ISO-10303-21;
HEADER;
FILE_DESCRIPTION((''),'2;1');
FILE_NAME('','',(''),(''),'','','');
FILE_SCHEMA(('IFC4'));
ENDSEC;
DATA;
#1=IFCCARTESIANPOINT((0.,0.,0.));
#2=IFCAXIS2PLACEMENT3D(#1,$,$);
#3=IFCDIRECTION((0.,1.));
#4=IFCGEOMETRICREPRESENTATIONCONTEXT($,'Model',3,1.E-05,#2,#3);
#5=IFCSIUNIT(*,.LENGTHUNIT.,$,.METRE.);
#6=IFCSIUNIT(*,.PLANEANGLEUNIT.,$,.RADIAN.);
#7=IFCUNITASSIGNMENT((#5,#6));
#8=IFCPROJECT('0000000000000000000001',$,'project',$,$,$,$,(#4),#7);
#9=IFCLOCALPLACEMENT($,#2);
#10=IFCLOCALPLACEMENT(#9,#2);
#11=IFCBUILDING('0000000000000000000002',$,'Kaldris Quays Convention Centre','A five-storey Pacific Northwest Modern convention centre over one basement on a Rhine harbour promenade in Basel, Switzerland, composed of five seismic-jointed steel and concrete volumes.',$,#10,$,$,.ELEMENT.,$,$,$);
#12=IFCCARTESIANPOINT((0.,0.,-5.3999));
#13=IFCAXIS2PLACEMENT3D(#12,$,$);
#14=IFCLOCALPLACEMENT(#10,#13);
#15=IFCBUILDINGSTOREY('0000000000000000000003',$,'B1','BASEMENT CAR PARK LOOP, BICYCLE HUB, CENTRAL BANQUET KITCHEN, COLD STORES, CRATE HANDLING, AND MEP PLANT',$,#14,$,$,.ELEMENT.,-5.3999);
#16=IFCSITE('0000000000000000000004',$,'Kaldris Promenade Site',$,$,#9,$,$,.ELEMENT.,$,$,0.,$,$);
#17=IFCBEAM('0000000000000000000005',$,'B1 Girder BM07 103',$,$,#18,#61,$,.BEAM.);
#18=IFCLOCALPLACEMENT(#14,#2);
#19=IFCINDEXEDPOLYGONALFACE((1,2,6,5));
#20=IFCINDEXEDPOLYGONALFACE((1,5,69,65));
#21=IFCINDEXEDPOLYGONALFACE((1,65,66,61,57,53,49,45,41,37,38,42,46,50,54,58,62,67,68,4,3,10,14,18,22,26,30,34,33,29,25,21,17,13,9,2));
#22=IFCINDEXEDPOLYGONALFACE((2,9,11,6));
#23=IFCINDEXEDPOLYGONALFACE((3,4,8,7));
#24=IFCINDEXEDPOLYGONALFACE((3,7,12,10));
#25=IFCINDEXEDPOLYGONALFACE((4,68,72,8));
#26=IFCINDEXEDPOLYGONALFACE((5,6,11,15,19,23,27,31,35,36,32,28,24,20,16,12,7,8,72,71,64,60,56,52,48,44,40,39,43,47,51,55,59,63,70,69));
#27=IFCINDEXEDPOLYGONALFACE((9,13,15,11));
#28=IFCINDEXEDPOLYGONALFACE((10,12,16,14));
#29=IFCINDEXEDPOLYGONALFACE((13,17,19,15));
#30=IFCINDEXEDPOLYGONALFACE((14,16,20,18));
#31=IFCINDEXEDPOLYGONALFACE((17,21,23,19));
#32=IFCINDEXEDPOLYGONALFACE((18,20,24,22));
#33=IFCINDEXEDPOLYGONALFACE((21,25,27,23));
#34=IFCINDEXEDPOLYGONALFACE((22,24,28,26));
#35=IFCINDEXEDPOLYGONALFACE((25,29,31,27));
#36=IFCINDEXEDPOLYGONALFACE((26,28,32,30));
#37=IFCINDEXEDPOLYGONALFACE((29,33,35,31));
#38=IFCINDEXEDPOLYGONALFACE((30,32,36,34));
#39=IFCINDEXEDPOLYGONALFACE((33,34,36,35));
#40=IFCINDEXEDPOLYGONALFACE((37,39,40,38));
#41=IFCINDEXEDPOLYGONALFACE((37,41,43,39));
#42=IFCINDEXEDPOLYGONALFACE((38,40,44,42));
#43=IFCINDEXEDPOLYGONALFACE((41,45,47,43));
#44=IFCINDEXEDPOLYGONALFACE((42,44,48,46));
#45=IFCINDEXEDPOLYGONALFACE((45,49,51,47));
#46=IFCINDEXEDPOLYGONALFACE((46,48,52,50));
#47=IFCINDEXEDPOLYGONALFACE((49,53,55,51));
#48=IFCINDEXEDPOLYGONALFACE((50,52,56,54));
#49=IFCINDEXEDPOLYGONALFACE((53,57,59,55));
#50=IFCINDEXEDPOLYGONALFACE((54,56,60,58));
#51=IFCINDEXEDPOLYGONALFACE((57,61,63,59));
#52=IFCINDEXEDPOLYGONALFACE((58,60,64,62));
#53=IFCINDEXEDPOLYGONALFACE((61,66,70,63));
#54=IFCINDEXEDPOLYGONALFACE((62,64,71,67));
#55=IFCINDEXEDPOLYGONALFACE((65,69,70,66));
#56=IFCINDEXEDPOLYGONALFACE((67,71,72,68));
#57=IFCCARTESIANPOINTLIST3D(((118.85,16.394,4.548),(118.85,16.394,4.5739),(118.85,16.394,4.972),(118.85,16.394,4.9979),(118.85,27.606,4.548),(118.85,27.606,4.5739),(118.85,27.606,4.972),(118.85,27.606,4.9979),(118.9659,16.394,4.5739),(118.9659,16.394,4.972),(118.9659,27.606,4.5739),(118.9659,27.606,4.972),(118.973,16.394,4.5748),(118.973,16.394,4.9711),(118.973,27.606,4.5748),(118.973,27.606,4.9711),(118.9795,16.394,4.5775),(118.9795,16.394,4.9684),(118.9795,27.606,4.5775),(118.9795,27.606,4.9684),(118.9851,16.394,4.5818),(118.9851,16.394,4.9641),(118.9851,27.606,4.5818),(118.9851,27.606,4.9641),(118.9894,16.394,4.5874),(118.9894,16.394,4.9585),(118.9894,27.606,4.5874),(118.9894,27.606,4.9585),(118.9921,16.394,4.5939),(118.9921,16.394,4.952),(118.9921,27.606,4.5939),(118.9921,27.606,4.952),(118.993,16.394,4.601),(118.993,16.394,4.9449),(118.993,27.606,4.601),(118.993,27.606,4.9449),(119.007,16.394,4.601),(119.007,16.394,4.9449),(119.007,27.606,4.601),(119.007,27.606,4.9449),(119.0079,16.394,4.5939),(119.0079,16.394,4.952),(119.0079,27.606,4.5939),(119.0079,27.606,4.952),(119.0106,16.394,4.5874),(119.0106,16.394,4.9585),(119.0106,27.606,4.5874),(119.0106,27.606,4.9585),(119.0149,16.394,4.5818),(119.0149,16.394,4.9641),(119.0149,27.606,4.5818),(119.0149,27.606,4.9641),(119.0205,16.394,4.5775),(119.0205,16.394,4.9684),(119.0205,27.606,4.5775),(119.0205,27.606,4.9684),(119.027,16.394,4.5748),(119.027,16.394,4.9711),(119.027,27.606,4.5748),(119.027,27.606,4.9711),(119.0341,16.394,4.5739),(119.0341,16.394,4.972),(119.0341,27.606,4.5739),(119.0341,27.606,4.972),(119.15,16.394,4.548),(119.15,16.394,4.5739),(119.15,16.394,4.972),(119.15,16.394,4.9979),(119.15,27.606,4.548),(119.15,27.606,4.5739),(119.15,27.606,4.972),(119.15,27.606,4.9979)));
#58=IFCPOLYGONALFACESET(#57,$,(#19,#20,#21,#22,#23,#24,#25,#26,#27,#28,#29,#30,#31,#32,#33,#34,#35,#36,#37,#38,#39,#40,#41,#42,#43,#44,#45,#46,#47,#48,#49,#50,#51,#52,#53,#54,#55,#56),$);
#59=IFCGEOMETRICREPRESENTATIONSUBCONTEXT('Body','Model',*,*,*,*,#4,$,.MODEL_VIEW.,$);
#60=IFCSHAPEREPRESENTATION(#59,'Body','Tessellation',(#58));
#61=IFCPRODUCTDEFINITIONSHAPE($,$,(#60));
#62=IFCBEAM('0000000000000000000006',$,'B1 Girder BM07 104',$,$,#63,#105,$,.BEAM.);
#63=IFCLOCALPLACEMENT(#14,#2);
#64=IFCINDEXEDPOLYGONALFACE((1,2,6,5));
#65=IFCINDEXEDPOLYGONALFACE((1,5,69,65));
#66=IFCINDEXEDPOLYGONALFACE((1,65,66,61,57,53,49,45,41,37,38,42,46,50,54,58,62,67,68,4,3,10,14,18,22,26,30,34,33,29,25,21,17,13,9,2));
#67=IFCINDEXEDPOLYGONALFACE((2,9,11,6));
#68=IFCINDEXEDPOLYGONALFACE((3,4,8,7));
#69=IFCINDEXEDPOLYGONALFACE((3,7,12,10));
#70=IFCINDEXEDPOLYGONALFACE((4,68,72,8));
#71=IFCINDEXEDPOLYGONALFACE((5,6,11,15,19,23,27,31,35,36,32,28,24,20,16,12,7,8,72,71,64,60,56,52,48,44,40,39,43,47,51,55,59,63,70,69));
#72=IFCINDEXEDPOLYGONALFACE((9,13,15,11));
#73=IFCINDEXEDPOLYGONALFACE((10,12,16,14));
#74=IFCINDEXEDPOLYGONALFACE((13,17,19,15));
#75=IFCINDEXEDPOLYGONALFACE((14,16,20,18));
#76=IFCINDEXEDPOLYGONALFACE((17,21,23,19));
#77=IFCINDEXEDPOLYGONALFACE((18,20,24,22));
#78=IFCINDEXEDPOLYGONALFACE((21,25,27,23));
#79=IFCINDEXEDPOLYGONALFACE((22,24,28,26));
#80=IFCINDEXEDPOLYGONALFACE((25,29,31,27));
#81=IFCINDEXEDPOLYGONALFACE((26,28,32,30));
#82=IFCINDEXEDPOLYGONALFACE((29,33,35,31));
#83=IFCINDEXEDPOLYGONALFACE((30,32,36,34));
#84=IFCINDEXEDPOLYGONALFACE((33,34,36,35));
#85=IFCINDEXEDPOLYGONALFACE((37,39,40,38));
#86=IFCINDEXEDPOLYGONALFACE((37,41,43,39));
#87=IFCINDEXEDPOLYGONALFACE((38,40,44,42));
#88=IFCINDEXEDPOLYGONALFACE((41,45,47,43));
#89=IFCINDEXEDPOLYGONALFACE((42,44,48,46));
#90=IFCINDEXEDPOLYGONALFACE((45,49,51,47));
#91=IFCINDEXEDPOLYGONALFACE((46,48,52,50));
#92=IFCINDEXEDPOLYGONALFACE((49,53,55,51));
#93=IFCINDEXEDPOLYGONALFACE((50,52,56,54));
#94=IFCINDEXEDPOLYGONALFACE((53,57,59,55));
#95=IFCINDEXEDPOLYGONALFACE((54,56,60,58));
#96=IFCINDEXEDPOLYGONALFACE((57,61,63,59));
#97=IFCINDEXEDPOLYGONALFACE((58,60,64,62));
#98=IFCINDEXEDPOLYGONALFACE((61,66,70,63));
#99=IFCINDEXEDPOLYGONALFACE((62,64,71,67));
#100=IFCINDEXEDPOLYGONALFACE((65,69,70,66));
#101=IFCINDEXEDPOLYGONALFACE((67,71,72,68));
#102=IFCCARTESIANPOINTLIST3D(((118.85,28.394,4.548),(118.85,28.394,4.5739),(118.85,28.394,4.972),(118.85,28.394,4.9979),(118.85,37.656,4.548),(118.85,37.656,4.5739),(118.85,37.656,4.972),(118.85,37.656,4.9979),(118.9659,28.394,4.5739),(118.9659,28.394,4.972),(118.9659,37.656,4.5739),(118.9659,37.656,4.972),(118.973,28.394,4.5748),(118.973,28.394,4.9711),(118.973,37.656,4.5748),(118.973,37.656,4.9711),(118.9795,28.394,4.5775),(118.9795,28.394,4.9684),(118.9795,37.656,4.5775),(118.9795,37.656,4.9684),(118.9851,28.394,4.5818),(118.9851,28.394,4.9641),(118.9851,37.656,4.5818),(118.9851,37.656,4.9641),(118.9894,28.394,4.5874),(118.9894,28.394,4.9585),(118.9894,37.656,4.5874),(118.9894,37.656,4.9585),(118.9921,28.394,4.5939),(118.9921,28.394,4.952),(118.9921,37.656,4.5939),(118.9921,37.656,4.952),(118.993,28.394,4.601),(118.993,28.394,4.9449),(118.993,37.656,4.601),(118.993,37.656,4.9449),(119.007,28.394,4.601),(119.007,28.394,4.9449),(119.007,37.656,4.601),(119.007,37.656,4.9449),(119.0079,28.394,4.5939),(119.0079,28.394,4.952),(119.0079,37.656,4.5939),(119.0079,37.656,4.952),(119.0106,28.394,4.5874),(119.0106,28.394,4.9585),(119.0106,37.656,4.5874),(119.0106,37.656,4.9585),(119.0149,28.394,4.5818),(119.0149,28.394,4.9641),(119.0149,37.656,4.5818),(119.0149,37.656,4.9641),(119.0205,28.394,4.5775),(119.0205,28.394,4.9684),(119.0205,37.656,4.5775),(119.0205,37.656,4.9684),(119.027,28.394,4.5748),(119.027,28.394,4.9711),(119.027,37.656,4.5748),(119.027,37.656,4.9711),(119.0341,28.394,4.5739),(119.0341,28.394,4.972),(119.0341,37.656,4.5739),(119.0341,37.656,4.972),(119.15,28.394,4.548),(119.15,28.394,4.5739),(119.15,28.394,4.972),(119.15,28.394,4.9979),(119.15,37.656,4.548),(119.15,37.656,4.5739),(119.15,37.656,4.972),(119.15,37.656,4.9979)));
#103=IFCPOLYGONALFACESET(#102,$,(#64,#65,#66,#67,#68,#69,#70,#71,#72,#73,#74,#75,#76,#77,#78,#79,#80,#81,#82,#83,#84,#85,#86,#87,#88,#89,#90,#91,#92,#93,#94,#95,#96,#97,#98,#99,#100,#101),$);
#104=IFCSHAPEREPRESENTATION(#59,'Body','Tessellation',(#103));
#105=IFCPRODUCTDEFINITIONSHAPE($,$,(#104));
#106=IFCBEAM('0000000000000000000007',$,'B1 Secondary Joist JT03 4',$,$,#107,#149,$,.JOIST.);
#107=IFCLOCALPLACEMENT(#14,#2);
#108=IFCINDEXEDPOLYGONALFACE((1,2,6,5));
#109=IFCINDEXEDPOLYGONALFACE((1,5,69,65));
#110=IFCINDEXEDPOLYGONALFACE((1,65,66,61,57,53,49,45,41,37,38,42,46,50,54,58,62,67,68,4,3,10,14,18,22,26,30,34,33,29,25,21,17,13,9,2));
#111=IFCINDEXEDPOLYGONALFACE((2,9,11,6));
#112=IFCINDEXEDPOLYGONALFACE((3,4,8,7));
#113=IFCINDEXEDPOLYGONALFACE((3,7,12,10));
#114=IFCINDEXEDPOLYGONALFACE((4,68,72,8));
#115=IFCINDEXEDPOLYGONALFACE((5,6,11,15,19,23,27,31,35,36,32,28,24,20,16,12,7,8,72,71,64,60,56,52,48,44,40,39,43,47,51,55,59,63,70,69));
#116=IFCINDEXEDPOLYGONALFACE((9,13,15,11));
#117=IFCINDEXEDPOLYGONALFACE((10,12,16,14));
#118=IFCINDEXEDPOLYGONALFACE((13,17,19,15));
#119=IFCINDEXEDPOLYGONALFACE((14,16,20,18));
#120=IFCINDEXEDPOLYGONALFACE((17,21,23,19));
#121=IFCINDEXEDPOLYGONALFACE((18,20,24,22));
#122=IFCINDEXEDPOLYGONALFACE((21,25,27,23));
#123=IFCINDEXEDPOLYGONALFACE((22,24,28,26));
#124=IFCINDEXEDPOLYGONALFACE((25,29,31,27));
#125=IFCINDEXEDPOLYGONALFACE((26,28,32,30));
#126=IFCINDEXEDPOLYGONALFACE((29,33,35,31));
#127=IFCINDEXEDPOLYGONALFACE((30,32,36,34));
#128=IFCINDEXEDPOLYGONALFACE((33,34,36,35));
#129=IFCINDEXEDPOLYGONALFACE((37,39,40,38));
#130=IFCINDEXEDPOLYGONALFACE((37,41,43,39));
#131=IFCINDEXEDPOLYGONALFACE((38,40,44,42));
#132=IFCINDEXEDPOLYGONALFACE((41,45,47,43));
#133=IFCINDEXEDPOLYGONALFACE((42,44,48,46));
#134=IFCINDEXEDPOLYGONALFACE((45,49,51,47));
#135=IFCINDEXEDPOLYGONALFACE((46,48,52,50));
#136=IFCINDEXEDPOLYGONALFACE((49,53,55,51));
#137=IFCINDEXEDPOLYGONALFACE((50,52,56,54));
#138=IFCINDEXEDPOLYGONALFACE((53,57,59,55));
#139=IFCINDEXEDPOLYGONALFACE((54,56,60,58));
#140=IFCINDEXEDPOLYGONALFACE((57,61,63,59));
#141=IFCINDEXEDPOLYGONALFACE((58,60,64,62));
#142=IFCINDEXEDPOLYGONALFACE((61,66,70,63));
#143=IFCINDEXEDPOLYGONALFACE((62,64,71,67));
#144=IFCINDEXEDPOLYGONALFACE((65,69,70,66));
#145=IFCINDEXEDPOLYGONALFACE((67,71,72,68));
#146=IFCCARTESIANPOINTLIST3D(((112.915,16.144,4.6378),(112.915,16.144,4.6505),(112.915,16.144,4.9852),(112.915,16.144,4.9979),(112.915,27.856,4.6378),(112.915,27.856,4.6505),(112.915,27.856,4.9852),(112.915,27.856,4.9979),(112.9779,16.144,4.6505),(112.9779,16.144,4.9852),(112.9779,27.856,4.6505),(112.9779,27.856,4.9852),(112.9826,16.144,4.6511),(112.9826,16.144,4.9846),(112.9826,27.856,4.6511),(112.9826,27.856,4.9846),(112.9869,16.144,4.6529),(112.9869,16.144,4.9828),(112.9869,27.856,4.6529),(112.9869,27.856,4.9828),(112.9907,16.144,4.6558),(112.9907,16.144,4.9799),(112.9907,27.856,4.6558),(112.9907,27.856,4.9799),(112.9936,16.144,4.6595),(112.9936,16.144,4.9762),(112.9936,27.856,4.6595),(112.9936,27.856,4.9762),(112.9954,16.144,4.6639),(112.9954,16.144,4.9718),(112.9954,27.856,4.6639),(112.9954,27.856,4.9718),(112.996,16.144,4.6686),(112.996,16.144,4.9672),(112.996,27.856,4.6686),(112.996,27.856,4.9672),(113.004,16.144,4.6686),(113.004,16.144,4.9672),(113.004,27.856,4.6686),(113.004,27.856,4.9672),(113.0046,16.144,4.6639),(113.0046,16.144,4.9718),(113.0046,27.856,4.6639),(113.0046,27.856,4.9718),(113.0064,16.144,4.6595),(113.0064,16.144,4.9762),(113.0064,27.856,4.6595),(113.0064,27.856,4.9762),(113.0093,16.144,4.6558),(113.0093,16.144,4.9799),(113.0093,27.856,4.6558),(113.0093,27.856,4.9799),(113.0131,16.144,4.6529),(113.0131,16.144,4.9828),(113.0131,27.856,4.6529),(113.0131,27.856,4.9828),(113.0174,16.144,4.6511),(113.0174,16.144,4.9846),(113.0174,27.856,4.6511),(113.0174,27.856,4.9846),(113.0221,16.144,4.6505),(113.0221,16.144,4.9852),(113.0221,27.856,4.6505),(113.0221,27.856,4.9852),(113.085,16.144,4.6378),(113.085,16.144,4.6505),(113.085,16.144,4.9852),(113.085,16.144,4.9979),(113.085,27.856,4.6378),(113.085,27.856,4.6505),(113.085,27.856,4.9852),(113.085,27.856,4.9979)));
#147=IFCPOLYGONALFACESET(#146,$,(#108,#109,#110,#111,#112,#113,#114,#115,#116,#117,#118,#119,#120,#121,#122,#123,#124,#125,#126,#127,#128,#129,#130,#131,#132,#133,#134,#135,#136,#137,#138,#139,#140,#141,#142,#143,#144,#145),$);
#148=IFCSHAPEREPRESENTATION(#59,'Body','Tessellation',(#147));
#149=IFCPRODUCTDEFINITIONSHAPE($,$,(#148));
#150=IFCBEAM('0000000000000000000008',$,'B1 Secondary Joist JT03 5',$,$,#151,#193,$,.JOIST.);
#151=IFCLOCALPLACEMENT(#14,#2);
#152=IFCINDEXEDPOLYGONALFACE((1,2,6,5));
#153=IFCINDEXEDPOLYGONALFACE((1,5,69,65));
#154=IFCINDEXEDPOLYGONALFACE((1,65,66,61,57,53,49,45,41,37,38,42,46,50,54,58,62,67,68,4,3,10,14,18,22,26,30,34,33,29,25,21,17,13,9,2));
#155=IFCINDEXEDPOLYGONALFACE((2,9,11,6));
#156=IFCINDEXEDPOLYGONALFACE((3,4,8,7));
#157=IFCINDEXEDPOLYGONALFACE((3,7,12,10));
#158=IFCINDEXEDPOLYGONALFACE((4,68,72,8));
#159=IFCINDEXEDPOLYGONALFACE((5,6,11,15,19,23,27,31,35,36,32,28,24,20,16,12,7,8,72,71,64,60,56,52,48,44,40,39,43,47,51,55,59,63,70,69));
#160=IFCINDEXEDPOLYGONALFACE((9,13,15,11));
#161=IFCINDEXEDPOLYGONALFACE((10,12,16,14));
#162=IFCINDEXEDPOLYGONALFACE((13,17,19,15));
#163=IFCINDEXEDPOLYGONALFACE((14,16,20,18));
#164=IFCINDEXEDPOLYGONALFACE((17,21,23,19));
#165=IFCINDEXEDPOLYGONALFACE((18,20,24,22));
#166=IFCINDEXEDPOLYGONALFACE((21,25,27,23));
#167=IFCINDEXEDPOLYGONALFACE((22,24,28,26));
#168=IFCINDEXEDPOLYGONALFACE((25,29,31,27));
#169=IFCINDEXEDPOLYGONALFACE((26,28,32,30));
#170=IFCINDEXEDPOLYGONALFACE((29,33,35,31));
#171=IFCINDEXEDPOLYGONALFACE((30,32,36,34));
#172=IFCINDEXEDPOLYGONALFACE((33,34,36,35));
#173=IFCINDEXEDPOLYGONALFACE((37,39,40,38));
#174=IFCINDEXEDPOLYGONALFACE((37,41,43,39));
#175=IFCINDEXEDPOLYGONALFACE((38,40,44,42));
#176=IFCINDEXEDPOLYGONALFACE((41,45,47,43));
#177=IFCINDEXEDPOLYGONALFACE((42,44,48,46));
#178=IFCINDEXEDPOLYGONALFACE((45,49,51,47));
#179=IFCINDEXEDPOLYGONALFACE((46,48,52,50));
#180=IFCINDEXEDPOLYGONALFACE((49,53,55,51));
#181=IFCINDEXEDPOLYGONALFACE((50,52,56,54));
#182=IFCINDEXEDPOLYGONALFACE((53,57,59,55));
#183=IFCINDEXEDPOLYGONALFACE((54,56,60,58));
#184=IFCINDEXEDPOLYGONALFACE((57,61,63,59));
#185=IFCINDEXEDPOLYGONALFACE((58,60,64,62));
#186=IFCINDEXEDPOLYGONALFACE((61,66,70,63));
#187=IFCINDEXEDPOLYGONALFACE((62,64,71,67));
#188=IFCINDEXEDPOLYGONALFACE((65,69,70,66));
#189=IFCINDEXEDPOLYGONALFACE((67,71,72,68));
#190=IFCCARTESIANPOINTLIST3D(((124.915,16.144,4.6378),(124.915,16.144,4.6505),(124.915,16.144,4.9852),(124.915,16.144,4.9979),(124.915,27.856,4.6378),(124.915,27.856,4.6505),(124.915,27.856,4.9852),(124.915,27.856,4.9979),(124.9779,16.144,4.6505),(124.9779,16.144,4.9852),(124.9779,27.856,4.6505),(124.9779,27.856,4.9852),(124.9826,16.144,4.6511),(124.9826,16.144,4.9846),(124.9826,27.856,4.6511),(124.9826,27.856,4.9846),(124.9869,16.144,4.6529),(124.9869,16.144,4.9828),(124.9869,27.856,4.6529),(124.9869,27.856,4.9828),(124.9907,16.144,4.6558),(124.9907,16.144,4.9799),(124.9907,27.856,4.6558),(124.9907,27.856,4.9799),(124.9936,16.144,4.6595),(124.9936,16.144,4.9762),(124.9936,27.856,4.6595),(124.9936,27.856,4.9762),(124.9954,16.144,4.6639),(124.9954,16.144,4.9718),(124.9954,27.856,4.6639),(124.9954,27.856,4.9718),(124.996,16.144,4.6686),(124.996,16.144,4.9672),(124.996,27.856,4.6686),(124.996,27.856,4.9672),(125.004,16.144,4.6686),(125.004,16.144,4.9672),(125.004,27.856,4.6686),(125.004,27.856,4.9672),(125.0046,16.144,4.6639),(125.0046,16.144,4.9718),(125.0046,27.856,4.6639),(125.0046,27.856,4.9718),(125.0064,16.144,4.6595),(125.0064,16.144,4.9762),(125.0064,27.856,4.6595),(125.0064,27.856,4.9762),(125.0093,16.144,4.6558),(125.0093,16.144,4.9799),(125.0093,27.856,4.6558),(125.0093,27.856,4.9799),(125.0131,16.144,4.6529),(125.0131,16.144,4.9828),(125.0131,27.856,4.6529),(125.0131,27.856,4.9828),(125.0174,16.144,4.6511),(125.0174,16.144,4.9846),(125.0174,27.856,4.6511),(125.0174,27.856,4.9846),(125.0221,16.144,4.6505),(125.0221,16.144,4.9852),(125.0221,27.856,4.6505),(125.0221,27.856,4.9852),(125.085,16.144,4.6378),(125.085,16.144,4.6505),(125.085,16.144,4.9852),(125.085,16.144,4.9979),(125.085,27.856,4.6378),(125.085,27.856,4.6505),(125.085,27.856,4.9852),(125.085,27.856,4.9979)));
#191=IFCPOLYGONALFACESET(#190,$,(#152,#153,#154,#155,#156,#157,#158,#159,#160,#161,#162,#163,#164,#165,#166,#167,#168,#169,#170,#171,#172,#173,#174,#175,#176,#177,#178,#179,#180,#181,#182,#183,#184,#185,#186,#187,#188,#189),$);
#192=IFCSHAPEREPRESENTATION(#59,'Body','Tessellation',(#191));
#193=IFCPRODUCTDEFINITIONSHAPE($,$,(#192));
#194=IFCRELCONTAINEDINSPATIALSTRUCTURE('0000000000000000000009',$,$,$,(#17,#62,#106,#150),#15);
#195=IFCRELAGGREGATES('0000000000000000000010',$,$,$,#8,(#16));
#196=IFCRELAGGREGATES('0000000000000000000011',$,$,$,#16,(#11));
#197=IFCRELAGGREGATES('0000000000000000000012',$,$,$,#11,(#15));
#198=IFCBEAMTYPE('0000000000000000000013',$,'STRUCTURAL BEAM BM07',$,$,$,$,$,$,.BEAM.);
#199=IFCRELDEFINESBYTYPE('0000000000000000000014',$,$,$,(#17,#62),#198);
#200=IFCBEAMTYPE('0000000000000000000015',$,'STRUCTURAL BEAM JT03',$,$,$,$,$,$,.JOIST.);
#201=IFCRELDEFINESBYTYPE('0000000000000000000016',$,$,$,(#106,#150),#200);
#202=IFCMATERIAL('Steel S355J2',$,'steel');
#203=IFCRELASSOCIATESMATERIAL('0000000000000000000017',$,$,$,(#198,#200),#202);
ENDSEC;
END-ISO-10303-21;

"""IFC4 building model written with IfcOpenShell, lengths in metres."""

from ifc_helpers import new_model, si_unit, direction, frame, origin, origin_2d, place, context, subcontext, project, spatial, i_section, extrude, material, material_profile, profile_set, type_object, element, save


model = new_model("IFC4")

# Units and contexts
model_context = context("Model", 3, precision=1e-05, world=origin(), true_north=direction((0.0, 1.0)))
body_context = subcontext(model_context, "Body", "Model", "MODEL_VIEW")
ifc_project = project(units=[si_unit("LENGTHUNIT", "METRE"), si_unit("PLANEANGLEUNIT", "RADIAN")], contexts=[model_context])

# Site, building, storey
site_placement = place(None, origin())
site = spatial("IfcSite", under=ifc_project, at=site_placement, Name="Kaldris Promenade Site", CompositionType="ELEMENT", RefElevation=0.0)
building_placement = place(site_placement, origin())
building = spatial("IfcBuilding", under=site, at=building_placement, Name="Kaldris Quays Convention Centre", Description="A five-storey Pacific Northwest Modern convention centre over one basement on a Rhine harbour promenade in Basel, Switzerland, composed of five seismic-jointed steel and concrete volumes.", CompositionType="ELEMENT")
storey_placement = place(building_placement, frame((0.0, 0.0, -5.3999)))
storey = spatial("IfcBuildingStorey", under=building, at=storey_placement, Name="B1", Description="BASEMENT CAR PARK LOOP, BICYCLE HUB, CENTRAL BANQUET KITCHEN, COLD STORES, CRATE HANDLING, AND MEP PLANT", CompositionType="ELEMENT", Elevation=-5.3999)

# Beams
ifc_material_1 = material(Name="Steel S355J2", Category="steel")
ifc_material_profile_1 = material_profile(ifc_material_1, i_section(OverallWidth=0.3, OverallDepth=0.45, WebThickness=0.0139, FlangeThickness=0.0259, FilletRadius=0.0271, at=origin_2d()), Name="HEB 450")
ifc_profile_set_1 = profile_set([ifc_material_profile_1], Name="Steel S355J2")
beam_type_1 = type_object("IfcBeamType", Name="STRUCTURAL BEAM BM07", PredefinedType="BEAM", material=ifc_profile_set_1)
beam_1_placement = place(storey_placement, frame((119.0, 16.394, 4.7729), z_axis=(0.0, 1.0, 0.0), x_axis=(-1.0, 0.0, 0.0)))
element("IfcBeam", 1, at=beam_1_placement, inside=storey, type_object=beam_type_1, Name="B1 Girder BM07 103", PredefinedType="BEAM", context=body_context, shape_type="SweptSolid", body=[
    extrude(i_section(OverallWidth=0.3, OverallDepth=0.45, WebThickness=0.0139, FlangeThickness=0.0259, FilletRadius=0.0271, at=origin_2d()), origin(), (0.0, 0.0, 1.0), 11.2119),
])
beam_2_placement = place(storey_placement, frame((119.0, 28.394, 4.7729), z_axis=(0.0, 1.0, 0.0), x_axis=(-1.0, 0.0, 0.0)))
element("IfcBeam", 2, at=beam_2_placement, inside=storey, type_object=beam_type_1, Name="B1 Girder BM07 104", PredefinedType="BEAM", context=body_context, shape_type="SweptSolid", body=[
    extrude(i_section(OverallWidth=0.3, OverallDepth=0.45, WebThickness=0.0139, FlangeThickness=0.0259, FilletRadius=0.0271, at=origin_2d()), origin(), (0.0, 0.0, 1.0), 9.262),
])
ifc_material_profile_2 = material_profile(ifc_material_1, i_section(OverallWidth=0.1699, OverallDepth=0.3601, WebThickness=0.0081, FlangeThickness=0.0127, FilletRadius=0.0181, at=origin_2d()), Name="IPE 360")
ifc_profile_set_2 = profile_set([ifc_material_profile_2], Name="Steel S355J2")
beam_type_2 = type_object("IfcBeamType", Name="STRUCTURAL BEAM JT03", PredefinedType="JOIST", material=ifc_profile_set_2)
for number, where, z_axis, x_axis, name in (
    (3, (113.0, 16.144, 4.8179), (0.0, 1.0, 0.0), (-1.0, 0.0, 0.0), "B1 Secondary Joist JT03 4"),
    (4, (125.0, 16.144, 4.8179), (0.0, 1.0, 0.0), (-1.0, 0.0, 0.0), "B1 Secondary Joist JT03 5"),
):
    element("IfcBeam", number, at=place(storey_placement, frame(where, z_axis=z_axis, x_axis=x_axis)), inside=storey, type_object=beam_type_2, Name=name, PredefinedType="JOIST", context=body_context, shape_type="SweptSolid", body=[
        extrude(i_section(OverallWidth=0.1699, OverallDepth=0.3601, WebThickness=0.0081, FlangeThickness=0.0127, FilletRadius=0.0181, at=origin_2d()), origin(), (0.0, 0.0, 1.0), 11.7119),
    ])

save(model, "model.ifc")
